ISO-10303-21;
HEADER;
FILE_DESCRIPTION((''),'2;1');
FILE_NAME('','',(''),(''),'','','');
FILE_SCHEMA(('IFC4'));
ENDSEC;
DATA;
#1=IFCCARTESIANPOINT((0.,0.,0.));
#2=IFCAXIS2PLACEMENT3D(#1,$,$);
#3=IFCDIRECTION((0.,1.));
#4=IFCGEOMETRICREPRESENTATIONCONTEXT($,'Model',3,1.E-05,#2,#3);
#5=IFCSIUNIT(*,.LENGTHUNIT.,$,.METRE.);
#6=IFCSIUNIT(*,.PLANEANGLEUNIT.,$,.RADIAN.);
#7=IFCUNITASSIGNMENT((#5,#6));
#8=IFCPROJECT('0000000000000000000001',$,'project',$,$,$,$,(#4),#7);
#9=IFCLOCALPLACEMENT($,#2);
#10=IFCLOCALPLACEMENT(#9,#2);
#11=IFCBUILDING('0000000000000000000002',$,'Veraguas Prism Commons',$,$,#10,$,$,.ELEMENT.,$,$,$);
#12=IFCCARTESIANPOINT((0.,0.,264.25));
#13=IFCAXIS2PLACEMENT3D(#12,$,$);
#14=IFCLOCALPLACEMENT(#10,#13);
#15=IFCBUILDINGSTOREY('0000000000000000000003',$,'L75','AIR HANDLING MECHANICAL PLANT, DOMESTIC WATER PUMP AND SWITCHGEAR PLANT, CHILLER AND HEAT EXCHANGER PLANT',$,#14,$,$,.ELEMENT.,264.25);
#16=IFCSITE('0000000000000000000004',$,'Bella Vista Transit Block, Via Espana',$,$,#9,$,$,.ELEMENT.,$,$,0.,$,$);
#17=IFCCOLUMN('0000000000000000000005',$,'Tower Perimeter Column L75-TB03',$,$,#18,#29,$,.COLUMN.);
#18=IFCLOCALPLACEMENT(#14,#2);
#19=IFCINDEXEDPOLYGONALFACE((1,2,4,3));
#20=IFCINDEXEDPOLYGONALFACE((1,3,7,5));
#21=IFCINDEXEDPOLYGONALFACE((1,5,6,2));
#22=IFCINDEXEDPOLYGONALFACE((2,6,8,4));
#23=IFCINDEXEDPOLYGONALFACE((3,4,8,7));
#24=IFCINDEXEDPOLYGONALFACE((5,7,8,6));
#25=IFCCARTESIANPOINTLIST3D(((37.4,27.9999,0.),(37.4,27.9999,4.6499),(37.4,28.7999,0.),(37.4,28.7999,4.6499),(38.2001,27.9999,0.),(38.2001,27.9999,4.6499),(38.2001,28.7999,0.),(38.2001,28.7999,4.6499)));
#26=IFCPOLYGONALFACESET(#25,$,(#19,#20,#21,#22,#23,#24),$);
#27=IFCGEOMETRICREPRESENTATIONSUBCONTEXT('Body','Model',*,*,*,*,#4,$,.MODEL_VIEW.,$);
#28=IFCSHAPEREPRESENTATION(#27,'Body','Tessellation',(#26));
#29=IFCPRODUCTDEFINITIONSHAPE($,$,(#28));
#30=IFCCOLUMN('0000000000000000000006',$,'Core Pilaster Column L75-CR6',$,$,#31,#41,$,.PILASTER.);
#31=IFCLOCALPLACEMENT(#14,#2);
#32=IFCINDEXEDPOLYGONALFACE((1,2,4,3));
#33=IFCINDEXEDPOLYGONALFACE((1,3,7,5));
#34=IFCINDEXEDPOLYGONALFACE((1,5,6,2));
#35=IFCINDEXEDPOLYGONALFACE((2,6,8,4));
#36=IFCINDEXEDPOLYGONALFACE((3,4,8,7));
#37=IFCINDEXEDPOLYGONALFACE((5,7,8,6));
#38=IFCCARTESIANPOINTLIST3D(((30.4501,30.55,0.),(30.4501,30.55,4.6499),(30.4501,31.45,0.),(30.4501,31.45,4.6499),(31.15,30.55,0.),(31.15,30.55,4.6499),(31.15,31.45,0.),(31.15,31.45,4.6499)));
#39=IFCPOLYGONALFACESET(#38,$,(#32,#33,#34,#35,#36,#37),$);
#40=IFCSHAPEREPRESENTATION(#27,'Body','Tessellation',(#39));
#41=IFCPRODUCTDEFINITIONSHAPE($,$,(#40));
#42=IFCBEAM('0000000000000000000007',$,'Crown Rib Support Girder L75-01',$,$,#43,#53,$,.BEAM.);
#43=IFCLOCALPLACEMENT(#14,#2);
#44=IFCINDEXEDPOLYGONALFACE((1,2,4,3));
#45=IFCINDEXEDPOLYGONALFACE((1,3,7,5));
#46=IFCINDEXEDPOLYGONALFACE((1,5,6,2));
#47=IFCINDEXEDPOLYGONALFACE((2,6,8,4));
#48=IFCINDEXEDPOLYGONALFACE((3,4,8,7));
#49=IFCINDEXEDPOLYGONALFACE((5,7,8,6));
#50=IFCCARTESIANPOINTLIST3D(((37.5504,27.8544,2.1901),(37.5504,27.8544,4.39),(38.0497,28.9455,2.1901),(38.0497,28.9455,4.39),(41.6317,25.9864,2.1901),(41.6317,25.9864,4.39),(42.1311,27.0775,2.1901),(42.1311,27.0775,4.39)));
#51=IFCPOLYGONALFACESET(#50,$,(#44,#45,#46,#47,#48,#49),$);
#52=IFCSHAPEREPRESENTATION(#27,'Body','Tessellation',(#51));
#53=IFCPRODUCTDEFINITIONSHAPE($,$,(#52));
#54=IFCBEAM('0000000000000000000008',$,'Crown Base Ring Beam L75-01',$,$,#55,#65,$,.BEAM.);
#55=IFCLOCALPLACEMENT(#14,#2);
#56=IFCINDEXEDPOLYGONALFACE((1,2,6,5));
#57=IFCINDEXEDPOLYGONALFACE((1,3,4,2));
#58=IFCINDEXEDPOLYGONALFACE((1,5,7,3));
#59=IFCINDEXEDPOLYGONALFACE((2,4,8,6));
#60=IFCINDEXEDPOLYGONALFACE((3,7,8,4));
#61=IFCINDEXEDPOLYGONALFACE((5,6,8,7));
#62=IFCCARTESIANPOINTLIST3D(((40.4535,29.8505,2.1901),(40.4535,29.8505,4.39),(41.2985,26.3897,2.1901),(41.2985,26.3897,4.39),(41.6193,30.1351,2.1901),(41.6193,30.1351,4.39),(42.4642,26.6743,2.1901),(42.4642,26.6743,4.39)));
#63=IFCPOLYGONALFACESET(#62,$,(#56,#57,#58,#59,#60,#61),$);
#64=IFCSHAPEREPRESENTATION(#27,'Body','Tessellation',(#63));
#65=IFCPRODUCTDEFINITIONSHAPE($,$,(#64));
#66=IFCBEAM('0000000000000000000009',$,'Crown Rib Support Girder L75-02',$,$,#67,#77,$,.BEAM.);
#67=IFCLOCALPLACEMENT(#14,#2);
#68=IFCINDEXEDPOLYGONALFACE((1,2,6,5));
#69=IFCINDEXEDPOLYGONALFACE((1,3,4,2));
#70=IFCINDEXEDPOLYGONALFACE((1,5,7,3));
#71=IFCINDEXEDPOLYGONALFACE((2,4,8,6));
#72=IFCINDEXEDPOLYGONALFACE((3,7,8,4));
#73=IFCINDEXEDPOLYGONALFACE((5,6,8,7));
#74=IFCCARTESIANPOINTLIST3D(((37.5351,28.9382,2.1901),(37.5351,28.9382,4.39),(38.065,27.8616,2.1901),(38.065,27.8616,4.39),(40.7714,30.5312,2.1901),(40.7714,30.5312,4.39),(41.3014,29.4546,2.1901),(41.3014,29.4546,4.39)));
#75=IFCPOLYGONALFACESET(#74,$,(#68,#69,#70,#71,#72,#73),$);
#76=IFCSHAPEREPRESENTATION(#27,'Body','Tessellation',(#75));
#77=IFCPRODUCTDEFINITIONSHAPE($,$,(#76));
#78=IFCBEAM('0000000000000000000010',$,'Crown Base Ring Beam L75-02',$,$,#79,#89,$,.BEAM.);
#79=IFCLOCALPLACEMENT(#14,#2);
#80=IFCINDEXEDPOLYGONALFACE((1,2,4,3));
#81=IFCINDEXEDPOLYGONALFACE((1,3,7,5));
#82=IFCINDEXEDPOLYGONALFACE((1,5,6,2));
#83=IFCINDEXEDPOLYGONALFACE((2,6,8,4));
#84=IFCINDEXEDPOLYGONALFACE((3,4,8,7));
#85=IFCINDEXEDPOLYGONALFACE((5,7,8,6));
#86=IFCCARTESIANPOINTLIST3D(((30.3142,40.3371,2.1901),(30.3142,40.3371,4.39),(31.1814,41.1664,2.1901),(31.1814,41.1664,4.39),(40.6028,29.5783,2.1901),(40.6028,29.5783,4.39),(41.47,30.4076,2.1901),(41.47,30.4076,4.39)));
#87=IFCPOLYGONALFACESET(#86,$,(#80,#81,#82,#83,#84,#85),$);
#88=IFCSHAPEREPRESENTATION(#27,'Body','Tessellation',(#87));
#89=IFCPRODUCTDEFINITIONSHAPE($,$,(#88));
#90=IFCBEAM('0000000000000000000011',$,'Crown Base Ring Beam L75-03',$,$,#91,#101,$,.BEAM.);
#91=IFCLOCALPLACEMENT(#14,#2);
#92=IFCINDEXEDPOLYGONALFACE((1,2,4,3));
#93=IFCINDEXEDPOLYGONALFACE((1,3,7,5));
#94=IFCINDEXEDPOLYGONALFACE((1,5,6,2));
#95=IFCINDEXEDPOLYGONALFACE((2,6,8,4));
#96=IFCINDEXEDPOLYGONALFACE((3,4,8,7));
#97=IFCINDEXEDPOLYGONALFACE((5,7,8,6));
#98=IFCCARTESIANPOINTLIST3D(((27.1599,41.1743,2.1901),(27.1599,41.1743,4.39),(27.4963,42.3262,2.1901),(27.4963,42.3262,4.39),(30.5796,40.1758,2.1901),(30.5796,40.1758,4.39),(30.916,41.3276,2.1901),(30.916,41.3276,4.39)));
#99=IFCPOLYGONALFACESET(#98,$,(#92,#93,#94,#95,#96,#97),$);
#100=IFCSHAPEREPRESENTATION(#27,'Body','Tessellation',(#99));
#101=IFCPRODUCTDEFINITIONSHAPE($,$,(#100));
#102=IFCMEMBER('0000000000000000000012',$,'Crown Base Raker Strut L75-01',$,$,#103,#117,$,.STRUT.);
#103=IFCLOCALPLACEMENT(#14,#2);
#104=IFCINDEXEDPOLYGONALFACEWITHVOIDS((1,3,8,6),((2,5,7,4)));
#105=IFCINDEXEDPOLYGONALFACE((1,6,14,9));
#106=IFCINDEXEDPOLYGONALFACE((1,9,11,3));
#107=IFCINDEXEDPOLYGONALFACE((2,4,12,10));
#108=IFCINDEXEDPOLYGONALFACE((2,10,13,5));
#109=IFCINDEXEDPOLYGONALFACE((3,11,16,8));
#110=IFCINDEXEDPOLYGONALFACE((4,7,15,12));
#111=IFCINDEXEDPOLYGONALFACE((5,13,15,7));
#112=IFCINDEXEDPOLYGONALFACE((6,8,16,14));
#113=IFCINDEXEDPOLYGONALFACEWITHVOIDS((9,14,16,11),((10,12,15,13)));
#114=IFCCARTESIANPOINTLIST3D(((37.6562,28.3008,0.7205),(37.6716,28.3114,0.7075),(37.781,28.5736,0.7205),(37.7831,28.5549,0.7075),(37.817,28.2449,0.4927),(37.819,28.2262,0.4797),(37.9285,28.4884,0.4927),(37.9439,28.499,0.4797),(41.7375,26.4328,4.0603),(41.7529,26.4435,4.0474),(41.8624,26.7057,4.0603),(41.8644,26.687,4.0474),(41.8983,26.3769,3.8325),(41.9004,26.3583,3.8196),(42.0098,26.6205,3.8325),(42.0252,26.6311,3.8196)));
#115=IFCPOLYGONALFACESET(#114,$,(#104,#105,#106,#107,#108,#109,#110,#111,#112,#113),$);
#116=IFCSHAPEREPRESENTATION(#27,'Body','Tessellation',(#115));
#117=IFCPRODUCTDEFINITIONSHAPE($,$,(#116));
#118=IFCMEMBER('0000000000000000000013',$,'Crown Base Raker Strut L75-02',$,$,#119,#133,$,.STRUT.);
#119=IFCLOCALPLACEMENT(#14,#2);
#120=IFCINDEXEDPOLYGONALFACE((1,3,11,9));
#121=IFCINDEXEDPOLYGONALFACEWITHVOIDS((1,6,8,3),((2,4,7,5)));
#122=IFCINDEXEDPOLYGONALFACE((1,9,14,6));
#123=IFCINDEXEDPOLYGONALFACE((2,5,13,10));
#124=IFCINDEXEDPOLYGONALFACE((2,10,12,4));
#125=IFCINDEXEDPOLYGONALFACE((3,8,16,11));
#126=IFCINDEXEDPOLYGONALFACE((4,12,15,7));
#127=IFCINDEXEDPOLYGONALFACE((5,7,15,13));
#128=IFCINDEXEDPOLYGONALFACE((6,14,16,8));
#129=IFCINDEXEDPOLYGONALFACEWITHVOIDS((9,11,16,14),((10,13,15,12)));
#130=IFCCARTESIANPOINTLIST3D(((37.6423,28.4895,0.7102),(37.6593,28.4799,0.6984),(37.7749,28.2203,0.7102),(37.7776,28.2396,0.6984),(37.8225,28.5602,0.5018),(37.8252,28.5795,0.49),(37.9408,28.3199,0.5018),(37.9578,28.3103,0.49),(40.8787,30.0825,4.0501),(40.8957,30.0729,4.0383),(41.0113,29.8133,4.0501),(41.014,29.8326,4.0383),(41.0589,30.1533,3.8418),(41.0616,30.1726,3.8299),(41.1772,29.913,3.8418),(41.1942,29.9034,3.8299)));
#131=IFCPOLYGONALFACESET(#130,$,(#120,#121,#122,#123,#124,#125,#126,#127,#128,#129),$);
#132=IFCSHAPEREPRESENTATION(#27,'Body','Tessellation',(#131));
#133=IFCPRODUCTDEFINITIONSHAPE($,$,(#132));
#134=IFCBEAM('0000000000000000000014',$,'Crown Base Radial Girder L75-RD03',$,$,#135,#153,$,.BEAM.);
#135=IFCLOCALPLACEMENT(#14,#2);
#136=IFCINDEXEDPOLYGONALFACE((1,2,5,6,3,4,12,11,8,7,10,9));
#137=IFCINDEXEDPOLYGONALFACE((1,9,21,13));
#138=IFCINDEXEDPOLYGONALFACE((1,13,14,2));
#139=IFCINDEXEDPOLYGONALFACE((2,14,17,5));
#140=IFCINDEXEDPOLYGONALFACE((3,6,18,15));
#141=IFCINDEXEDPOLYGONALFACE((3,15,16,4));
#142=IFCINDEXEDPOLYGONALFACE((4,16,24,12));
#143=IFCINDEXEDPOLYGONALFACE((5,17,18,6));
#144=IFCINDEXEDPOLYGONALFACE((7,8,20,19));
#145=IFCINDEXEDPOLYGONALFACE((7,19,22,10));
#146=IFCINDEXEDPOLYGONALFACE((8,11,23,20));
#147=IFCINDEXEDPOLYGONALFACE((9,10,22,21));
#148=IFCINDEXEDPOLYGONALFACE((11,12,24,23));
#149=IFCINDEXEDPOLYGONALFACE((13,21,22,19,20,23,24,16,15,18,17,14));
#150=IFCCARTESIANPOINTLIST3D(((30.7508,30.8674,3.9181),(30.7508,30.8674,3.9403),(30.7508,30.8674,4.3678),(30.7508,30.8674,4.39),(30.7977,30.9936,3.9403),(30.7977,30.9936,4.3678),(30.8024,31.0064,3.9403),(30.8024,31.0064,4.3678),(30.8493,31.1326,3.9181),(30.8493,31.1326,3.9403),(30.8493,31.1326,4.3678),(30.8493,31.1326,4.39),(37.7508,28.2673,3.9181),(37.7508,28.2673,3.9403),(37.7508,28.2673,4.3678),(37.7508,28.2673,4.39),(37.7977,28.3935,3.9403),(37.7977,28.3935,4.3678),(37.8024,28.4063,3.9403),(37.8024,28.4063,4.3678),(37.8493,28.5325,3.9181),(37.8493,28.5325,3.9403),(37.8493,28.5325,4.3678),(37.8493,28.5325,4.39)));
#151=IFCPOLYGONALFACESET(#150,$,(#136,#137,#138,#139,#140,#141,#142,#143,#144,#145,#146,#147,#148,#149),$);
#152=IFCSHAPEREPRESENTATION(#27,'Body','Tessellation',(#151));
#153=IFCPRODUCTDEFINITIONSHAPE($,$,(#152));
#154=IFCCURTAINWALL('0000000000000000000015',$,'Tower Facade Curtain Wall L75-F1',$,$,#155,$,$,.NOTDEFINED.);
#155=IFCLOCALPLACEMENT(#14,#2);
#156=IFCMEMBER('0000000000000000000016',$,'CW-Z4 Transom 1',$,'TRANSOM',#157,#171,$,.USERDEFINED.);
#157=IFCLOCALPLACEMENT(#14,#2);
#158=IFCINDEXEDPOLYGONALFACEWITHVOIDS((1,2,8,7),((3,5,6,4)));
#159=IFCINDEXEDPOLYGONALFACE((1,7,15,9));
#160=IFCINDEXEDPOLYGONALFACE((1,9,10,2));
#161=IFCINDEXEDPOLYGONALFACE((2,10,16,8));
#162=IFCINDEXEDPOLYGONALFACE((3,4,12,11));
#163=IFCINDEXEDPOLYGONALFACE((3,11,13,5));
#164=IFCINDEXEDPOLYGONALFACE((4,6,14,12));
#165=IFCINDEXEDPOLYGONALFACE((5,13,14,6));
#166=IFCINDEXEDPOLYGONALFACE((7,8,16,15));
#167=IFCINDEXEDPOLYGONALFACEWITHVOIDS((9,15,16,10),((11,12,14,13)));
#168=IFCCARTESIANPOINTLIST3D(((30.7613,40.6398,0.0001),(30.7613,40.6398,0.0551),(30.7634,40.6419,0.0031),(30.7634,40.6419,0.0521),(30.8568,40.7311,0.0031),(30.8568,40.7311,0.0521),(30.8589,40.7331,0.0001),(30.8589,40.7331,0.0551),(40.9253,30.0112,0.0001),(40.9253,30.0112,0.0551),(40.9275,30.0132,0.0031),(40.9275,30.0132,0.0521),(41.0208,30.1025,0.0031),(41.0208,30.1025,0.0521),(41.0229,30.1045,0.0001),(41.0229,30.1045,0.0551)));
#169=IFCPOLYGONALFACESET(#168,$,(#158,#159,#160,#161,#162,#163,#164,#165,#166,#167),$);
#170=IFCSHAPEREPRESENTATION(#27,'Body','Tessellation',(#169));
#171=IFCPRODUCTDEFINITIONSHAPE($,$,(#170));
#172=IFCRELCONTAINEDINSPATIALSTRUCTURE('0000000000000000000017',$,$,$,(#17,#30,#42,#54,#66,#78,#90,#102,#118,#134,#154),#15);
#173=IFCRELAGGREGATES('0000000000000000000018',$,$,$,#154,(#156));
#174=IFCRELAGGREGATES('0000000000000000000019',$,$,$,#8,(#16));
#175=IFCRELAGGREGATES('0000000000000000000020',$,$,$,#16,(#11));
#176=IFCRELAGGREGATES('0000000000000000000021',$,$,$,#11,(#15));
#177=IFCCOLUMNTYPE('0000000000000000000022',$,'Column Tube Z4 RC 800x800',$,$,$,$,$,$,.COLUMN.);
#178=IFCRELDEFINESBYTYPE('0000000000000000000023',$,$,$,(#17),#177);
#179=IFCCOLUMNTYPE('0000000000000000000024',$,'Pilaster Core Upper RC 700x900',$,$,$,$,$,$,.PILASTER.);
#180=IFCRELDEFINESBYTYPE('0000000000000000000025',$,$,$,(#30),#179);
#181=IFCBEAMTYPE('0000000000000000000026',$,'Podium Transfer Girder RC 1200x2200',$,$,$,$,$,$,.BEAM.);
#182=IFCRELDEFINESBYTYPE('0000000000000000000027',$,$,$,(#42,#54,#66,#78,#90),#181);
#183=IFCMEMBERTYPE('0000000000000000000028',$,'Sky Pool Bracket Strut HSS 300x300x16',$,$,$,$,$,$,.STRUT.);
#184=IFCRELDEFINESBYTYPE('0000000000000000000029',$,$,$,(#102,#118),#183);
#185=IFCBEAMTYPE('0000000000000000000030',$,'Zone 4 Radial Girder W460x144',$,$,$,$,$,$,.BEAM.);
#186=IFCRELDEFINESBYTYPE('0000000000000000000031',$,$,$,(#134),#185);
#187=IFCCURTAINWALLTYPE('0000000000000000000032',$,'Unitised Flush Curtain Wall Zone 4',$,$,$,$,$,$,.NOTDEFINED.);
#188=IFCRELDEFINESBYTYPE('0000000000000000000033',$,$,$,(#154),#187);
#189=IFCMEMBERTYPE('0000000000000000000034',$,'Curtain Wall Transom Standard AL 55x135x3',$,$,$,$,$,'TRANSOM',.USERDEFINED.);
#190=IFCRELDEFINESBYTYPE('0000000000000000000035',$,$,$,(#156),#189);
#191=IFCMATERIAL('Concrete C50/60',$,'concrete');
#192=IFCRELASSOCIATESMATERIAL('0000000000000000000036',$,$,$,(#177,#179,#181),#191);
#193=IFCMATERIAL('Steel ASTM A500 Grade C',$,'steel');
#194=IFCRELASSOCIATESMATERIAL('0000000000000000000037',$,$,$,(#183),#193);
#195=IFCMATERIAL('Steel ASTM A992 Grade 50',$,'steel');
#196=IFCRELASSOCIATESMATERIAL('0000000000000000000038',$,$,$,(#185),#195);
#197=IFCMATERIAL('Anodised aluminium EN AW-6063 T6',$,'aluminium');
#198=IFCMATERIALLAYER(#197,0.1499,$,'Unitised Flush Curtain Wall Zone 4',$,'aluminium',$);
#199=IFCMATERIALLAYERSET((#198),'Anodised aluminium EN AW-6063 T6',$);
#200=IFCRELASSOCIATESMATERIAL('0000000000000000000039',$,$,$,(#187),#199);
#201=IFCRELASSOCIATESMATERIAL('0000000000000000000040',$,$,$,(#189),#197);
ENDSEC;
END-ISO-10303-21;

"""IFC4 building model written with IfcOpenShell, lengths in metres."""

from ifc_helpers import new_model, si_unit, direction, frame, origin, origin_2d, place, context, subcontext, project, spatial, rectangle, hollow_rectangle, i_section, extrude, source, transform, mapped, material, layer, layer_set, material_profile, profile_set, type_object, element, aggregate, save


model = new_model("IFC4")

# Units and contexts
model_context = context("Model", 3, precision=1e-05, world=origin(), true_north=direction((0.0, 1.0)))
body_context = subcontext(model_context, "Body", "Model", "MODEL_VIEW")
ifc_project = project(units=[si_unit("LENGTHUNIT", "METRE"), si_unit("PLANEANGLEUNIT", "RADIAN")], contexts=[model_context])

# Site, building, storey
site_placement = place(None, origin())
site = spatial("IfcSite", under=ifc_project, at=site_placement, Name="Bella Vista Transit Block, Via Espana", CompositionType="ELEMENT", RefElevation=0.0)
building_placement = place(site_placement, origin())
building = spatial("IfcBuilding", under=site, at=building_placement, Name="Veraguas Prism Commons", CompositionType="ELEMENT")
storey_placement = place(building_placement, frame((0.0, 0.0, 264.25)))
storey = spatial("IfcBuildingStorey", under=building, at=storey_placement, Name="L75", Description="AIR HANDLING MECHANICAL PLANT, DOMESTIC WATER PUMP AND SWITCHGEAR PLANT, CHILLER AND HEAT EXCHANGER PLANT", CompositionType="ELEMENT", Elevation=264.25)

# Columns
ifc_material_1 = material(Name="Concrete C50/60", Category="concrete")
ifc_material_profile_1 = material_profile(ifc_material_1, rectangle(XDim=0.8, YDim=0.8, at=origin_2d()), Name="RC800X800")
ifc_profile_set_1 = profile_set([ifc_material_profile_1], Name="Concrete C50/60")
column_type_1 = type_object("IfcColumnType", Name="Column Tube Z4 RC 800x800", PredefinedType="COLUMN", material=ifc_profile_set_1)
column_1_placement = place(storey_placement, frame((37.8, 28.3999, 0.0), z_axis=(0.0, 0.0, 1.0), x_axis=(1.0, 0.0, 0.0)))
element("IfcColumn", 1, at=column_1_placement, inside=storey, type_object=column_type_1, Name="Tower Perimeter Column L75-TB03", PredefinedType="COLUMN", context=body_context, shape_type="SweptSolid", body=[
    extrude(rectangle(XDim=0.8, YDim=0.8, at=origin_2d()), origin(), (0.0, 0.0, 1.0), 4.6499),
])
ifc_material_profile_2 = material_profile(ifc_material_1, rectangle(XDim=0.7, YDim=0.8999, at=origin_2d()), Name="RC700X900")
ifc_profile_set_2 = profile_set([ifc_material_profile_2], Name="Concrete C50/60")
column_type_2 = type_object("IfcColumnType", Name="Pilaster Core Upper RC 700x900", PredefinedType="PILASTER", material=ifc_profile_set_2)
column_2_placement = place(storey_placement, frame((30.8, 31.0, 0.0), z_axis=(0.0, 0.0, 1.0), x_axis=(1.0, 0.0, 0.0)))
element("IfcColumn", 2, at=column_2_placement, inside=storey, type_object=column_type_2, Name="Core Pilaster Column L75-CR6", PredefinedType="PILASTER", context=body_context, shape_type="SweptSolid", body=[
    extrude(rectangle(XDim=0.7, YDim=0.8999, at=origin_2d()), origin(), (0.0, 0.0, 1.0), 4.6499),
])

# Beams
ifc_material_profile_3 = material_profile(ifc_material_1, rectangle(XDim=1.2, YDim=2.2, at=origin_2d()), Name="RC1200X2200")
ifc_profile_set_3 = profile_set([ifc_material_profile_3], Name="Concrete C50/60")
beam_type_1 = type_object("IfcBeamType", Name="Podium Transfer Girder RC 1200x2200", PredefinedType="BEAM", material=ifc_profile_set_3)
beam_1_placement = place(storey_placement, frame((37.8, 28.3999, 3.29), z_axis=(0.90929, -0.416162, 0.0), x_axis=(0.416162, 0.90929, 0.0)))
element("IfcBeam", 3, at=beam_1_placement, inside=storey, type_object=beam_type_1, Name="Crown Rib Support Girder L75-01", PredefinedType="BEAM", context=body_context, shape_type="SweptSolid", body=[
    extrude(rectangle(XDim=1.2, YDim=2.2, at=origin_2d()), origin(), (0.0, 0.0, 1.0), 4.4885),
])
beam_2_placement = place(storey_placement, frame((41.8813, 26.532, 3.29), z_axis=(-0.237179, 0.971466, 0.0), x_axis=(-0.971466, -0.237179, 0.0)))
element("IfcBeam", 4, at=beam_2_placement, inside=storey, type_object=beam_type_1, Name="Crown Base Ring Beam L75-01", PredefinedType="BEAM", context=body_context, shape_type="SweptSolid", body=[
    extrude(rectangle(XDim=1.2, YDim=2.2, at=origin_2d()), origin(), (0.0, 0.0, 1.0), 3.5625),
])
beam_3_placement = place(storey_placement, frame((37.8, 28.3999, 3.29), z_axis=(0.897198, 0.441628, 0.0), x_axis=(-0.441628, 0.897198, 0.0)))
element("IfcBeam", 5, at=beam_3_placement, inside=storey, type_object=beam_type_1, Name="Crown Rib Support Girder L75-02", PredefinedType="BEAM", context=body_context, shape_type="SweptSolid", body=[
    extrude(rectangle(XDim=1.2, YDim=2.2, at=origin_2d()), origin(), (0.0, 0.0, 1.0), 3.6072),
])
beam_4_placement = place(storey_placement, frame((41.0364, 29.9929, 3.29), z_axis=(-0.691137, 0.722724, 0.0), x_axis=(-0.722724, -0.691137, 0.0)))
element("IfcBeam", 6, at=beam_4_placement, inside=storey, type_object=beam_type_1, Name="Crown Base Ring Beam L75-02", PredefinedType="BEAM", context=body_context, shape_type="SweptSolid", body=[
    extrude(rectangle(XDim=1.2, YDim=2.2, at=origin_2d()), origin(), (0.0, 0.0, 1.0), 14.8865),
])
beam_5_placement = place(storey_placement, frame((30.7478, 40.7517, 3.29), z_axis=(-0.959915, 0.280292, 0.0), x_axis=(-0.280292, -0.959915, 0.0)))
element("IfcBeam", 7, at=beam_5_placement, inside=storey, type_object=beam_type_1, Name="Crown Base Ring Beam L75-03", PredefinedType="BEAM", context=body_context, shape_type="SweptSolid", body=[
    extrude(rectangle(XDim=1.2, YDim=2.2, at=origin_2d()), origin(), (0.0, 0.0, 1.0), 3.5625),
])

# Members
ifc_material_2 = material(Name="Steel ASTM A500 Grade C", Category="steel")
ifc_material_profile_4 = material_profile(ifc_material_2, hollow_rectangle(XDim=0.3, YDim=0.3, WallThickness=0.0161, at=origin_2d()), Name="HSS300X300X16")
ifc_profile_set_4 = profile_set([ifc_material_profile_4], Name="Steel ASTM A500 Grade C")
member_type_1 = type_object("IfcMemberType", Name="Sky Pool Bracket Strut HSS 300x300x16", PredefinedType="STRUT", material=ifc_profile_set_4)
member_1_placement = place(storey_placement, frame((37.8, 28.3999, 0.6001), z_axis=(0.729494, -0.333873, 0.596966), x_axis=(0.416162, 0.90929, 0.0)))
element("IfcMember", 8, at=member_1_placement, inside=storey, type_object=member_type_1, Name="Crown Base Raker Strut L75-01", PredefinedType="STRUT", context=body_context, shape_type="SweptSolid", body=[
    extrude(hollow_rectangle(XDim=0.3, YDim=0.3, WallThickness=0.0161, at=origin_2d()), origin(), (0.0, 0.0, 1.0), 5.5947),
])
member_2_placement = place(storey_placement, frame((37.8, 28.3999, 0.6001), z_axis=(0.658339, 0.324054, 0.679396), x_axis=(-0.441628, 0.897198, 0.0)))
element("IfcMember", 9, at=member_2_placement, inside=storey, type_object=member_type_1, Name="Crown Base Raker Strut L75-02", PredefinedType="STRUT", context=body_context, shape_type="SweptSolid", body=[
    extrude(hollow_rectangle(XDim=0.3, YDim=0.3, WallThickness=0.0161, at=origin_2d()), origin(), (0.0, 0.0, 1.0), 4.916),
])

# Beam
ifc_material_3 = material(Name="Steel ASTM A992 Grade 50", Category="steel")
ifc_material_profile_5 = material_profile(ifc_material_3, i_section(OverallWidth=0.283, OverallDepth=0.4719, WebThickness=0.0137, FlangeThickness=0.0222, at=origin_2d()), Name="W460X144")
ifc_profile_set_5 = profile_set([ifc_material_profile_5], Name="Steel ASTM A992 Grade 50")
beam_type_2 = type_object("IfcBeamType", Name="Zone 4 Radial Girder W460x144", PredefinedType="BEAM", material=ifc_profile_set_5)
beam_6_placement = place(storey_placement, frame((37.8, 28.3999, 4.1541), z_axis=(-0.937421, 0.348198, 0.0), x_axis=(-0.348198, -0.937421, 0.0)))
element("IfcBeam", 10, at=beam_6_placement, inside=storey, type_object=beam_type_2, Name="Crown Base Radial Girder L75-RD03", PredefinedType="BEAM", context=body_context, shape_type="SweptSolid", body=[
    extrude(i_section(OverallWidth=0.283, OverallDepth=0.4719, WebThickness=0.0137, FlangeThickness=0.0222, at=origin_2d()), origin(), (0.0, 0.0, 1.0), 7.4673),
])

# Curtain wall, member
ifc_material_4 = material(Name="Anodised aluminium EN AW-6063 T6", Category="aluminium")
ifc_layer_1 = layer(ifc_material_4, 0.1499, Name="Unitised Flush Curtain Wall Zone 4", Category="aluminium")
ifc_layer_set_1 = layer_set([ifc_layer_1], Name="Anodised aluminium EN AW-6063 T6")
curtain_wall_type = type_object("IfcCurtainWallType", Name="Unitised Flush Curtain Wall Zone 4", PredefinedType="NOTDEFINED", material=ifc_layer_set_1)
curtain_wall_1_placement = place(storey_placement, origin())
curtain_wall_1 = element("IfcCurtainWall", 11, at=curtain_wall_1_placement, inside=storey, type_object=curtain_wall_type, Name="Tower Facade Curtain Wall L75-F1", PredefinedType="NOTDEFINED")
ifc_material_profile_6 = material_profile(ifc_material_4, hollow_rectangle(XDim=0.0549, YDim=0.135, WallThickness=0.0029, at=origin_2d()), Name="AL55X135X3")
ifc_profile_set_6 = profile_set([ifc_material_profile_6], Name="Anodised aluminium EN AW-6063 T6")
member_type_2 = type_object("IfcMemberType", Name="Curtain Wall Transom Standard AL 55x135x3", ElementType="TRANSOM", PredefinedType="USERDEFINED", material=ifc_profile_set_6)
shared_shape_1 = source(origin(), body_context, "Body", "SweptSolid", [
    extrude(hollow_rectangle(XDim=0.0549, YDim=0.135, WallThickness=0.0029, at=origin_2d()), origin(), (0.0, 0.0, 1.0), 14.7063),
])
member_3_placement = place(storey_placement, frame((40.9741, 30.0579, 0.0276), z_axis=(-0.691134, 0.722726, 0.0), x_axis=(0.0, 0.0, 1.0)))
member_3 = element("IfcMember", 12, at=member_3_placement, type_object=member_type_2, Name="CW-Z4 Transom 1", ObjectType="TRANSOM", PredefinedType="USERDEFINED", context=body_context, shape_type="MappedRepresentation", body=[
    mapped(shared_shape_1, transform((0.0, 0.0, 0.0), scale=1.0)),
])

aggregate(curtain_wall_1, [member_3])

save(model, "model.ifc")
